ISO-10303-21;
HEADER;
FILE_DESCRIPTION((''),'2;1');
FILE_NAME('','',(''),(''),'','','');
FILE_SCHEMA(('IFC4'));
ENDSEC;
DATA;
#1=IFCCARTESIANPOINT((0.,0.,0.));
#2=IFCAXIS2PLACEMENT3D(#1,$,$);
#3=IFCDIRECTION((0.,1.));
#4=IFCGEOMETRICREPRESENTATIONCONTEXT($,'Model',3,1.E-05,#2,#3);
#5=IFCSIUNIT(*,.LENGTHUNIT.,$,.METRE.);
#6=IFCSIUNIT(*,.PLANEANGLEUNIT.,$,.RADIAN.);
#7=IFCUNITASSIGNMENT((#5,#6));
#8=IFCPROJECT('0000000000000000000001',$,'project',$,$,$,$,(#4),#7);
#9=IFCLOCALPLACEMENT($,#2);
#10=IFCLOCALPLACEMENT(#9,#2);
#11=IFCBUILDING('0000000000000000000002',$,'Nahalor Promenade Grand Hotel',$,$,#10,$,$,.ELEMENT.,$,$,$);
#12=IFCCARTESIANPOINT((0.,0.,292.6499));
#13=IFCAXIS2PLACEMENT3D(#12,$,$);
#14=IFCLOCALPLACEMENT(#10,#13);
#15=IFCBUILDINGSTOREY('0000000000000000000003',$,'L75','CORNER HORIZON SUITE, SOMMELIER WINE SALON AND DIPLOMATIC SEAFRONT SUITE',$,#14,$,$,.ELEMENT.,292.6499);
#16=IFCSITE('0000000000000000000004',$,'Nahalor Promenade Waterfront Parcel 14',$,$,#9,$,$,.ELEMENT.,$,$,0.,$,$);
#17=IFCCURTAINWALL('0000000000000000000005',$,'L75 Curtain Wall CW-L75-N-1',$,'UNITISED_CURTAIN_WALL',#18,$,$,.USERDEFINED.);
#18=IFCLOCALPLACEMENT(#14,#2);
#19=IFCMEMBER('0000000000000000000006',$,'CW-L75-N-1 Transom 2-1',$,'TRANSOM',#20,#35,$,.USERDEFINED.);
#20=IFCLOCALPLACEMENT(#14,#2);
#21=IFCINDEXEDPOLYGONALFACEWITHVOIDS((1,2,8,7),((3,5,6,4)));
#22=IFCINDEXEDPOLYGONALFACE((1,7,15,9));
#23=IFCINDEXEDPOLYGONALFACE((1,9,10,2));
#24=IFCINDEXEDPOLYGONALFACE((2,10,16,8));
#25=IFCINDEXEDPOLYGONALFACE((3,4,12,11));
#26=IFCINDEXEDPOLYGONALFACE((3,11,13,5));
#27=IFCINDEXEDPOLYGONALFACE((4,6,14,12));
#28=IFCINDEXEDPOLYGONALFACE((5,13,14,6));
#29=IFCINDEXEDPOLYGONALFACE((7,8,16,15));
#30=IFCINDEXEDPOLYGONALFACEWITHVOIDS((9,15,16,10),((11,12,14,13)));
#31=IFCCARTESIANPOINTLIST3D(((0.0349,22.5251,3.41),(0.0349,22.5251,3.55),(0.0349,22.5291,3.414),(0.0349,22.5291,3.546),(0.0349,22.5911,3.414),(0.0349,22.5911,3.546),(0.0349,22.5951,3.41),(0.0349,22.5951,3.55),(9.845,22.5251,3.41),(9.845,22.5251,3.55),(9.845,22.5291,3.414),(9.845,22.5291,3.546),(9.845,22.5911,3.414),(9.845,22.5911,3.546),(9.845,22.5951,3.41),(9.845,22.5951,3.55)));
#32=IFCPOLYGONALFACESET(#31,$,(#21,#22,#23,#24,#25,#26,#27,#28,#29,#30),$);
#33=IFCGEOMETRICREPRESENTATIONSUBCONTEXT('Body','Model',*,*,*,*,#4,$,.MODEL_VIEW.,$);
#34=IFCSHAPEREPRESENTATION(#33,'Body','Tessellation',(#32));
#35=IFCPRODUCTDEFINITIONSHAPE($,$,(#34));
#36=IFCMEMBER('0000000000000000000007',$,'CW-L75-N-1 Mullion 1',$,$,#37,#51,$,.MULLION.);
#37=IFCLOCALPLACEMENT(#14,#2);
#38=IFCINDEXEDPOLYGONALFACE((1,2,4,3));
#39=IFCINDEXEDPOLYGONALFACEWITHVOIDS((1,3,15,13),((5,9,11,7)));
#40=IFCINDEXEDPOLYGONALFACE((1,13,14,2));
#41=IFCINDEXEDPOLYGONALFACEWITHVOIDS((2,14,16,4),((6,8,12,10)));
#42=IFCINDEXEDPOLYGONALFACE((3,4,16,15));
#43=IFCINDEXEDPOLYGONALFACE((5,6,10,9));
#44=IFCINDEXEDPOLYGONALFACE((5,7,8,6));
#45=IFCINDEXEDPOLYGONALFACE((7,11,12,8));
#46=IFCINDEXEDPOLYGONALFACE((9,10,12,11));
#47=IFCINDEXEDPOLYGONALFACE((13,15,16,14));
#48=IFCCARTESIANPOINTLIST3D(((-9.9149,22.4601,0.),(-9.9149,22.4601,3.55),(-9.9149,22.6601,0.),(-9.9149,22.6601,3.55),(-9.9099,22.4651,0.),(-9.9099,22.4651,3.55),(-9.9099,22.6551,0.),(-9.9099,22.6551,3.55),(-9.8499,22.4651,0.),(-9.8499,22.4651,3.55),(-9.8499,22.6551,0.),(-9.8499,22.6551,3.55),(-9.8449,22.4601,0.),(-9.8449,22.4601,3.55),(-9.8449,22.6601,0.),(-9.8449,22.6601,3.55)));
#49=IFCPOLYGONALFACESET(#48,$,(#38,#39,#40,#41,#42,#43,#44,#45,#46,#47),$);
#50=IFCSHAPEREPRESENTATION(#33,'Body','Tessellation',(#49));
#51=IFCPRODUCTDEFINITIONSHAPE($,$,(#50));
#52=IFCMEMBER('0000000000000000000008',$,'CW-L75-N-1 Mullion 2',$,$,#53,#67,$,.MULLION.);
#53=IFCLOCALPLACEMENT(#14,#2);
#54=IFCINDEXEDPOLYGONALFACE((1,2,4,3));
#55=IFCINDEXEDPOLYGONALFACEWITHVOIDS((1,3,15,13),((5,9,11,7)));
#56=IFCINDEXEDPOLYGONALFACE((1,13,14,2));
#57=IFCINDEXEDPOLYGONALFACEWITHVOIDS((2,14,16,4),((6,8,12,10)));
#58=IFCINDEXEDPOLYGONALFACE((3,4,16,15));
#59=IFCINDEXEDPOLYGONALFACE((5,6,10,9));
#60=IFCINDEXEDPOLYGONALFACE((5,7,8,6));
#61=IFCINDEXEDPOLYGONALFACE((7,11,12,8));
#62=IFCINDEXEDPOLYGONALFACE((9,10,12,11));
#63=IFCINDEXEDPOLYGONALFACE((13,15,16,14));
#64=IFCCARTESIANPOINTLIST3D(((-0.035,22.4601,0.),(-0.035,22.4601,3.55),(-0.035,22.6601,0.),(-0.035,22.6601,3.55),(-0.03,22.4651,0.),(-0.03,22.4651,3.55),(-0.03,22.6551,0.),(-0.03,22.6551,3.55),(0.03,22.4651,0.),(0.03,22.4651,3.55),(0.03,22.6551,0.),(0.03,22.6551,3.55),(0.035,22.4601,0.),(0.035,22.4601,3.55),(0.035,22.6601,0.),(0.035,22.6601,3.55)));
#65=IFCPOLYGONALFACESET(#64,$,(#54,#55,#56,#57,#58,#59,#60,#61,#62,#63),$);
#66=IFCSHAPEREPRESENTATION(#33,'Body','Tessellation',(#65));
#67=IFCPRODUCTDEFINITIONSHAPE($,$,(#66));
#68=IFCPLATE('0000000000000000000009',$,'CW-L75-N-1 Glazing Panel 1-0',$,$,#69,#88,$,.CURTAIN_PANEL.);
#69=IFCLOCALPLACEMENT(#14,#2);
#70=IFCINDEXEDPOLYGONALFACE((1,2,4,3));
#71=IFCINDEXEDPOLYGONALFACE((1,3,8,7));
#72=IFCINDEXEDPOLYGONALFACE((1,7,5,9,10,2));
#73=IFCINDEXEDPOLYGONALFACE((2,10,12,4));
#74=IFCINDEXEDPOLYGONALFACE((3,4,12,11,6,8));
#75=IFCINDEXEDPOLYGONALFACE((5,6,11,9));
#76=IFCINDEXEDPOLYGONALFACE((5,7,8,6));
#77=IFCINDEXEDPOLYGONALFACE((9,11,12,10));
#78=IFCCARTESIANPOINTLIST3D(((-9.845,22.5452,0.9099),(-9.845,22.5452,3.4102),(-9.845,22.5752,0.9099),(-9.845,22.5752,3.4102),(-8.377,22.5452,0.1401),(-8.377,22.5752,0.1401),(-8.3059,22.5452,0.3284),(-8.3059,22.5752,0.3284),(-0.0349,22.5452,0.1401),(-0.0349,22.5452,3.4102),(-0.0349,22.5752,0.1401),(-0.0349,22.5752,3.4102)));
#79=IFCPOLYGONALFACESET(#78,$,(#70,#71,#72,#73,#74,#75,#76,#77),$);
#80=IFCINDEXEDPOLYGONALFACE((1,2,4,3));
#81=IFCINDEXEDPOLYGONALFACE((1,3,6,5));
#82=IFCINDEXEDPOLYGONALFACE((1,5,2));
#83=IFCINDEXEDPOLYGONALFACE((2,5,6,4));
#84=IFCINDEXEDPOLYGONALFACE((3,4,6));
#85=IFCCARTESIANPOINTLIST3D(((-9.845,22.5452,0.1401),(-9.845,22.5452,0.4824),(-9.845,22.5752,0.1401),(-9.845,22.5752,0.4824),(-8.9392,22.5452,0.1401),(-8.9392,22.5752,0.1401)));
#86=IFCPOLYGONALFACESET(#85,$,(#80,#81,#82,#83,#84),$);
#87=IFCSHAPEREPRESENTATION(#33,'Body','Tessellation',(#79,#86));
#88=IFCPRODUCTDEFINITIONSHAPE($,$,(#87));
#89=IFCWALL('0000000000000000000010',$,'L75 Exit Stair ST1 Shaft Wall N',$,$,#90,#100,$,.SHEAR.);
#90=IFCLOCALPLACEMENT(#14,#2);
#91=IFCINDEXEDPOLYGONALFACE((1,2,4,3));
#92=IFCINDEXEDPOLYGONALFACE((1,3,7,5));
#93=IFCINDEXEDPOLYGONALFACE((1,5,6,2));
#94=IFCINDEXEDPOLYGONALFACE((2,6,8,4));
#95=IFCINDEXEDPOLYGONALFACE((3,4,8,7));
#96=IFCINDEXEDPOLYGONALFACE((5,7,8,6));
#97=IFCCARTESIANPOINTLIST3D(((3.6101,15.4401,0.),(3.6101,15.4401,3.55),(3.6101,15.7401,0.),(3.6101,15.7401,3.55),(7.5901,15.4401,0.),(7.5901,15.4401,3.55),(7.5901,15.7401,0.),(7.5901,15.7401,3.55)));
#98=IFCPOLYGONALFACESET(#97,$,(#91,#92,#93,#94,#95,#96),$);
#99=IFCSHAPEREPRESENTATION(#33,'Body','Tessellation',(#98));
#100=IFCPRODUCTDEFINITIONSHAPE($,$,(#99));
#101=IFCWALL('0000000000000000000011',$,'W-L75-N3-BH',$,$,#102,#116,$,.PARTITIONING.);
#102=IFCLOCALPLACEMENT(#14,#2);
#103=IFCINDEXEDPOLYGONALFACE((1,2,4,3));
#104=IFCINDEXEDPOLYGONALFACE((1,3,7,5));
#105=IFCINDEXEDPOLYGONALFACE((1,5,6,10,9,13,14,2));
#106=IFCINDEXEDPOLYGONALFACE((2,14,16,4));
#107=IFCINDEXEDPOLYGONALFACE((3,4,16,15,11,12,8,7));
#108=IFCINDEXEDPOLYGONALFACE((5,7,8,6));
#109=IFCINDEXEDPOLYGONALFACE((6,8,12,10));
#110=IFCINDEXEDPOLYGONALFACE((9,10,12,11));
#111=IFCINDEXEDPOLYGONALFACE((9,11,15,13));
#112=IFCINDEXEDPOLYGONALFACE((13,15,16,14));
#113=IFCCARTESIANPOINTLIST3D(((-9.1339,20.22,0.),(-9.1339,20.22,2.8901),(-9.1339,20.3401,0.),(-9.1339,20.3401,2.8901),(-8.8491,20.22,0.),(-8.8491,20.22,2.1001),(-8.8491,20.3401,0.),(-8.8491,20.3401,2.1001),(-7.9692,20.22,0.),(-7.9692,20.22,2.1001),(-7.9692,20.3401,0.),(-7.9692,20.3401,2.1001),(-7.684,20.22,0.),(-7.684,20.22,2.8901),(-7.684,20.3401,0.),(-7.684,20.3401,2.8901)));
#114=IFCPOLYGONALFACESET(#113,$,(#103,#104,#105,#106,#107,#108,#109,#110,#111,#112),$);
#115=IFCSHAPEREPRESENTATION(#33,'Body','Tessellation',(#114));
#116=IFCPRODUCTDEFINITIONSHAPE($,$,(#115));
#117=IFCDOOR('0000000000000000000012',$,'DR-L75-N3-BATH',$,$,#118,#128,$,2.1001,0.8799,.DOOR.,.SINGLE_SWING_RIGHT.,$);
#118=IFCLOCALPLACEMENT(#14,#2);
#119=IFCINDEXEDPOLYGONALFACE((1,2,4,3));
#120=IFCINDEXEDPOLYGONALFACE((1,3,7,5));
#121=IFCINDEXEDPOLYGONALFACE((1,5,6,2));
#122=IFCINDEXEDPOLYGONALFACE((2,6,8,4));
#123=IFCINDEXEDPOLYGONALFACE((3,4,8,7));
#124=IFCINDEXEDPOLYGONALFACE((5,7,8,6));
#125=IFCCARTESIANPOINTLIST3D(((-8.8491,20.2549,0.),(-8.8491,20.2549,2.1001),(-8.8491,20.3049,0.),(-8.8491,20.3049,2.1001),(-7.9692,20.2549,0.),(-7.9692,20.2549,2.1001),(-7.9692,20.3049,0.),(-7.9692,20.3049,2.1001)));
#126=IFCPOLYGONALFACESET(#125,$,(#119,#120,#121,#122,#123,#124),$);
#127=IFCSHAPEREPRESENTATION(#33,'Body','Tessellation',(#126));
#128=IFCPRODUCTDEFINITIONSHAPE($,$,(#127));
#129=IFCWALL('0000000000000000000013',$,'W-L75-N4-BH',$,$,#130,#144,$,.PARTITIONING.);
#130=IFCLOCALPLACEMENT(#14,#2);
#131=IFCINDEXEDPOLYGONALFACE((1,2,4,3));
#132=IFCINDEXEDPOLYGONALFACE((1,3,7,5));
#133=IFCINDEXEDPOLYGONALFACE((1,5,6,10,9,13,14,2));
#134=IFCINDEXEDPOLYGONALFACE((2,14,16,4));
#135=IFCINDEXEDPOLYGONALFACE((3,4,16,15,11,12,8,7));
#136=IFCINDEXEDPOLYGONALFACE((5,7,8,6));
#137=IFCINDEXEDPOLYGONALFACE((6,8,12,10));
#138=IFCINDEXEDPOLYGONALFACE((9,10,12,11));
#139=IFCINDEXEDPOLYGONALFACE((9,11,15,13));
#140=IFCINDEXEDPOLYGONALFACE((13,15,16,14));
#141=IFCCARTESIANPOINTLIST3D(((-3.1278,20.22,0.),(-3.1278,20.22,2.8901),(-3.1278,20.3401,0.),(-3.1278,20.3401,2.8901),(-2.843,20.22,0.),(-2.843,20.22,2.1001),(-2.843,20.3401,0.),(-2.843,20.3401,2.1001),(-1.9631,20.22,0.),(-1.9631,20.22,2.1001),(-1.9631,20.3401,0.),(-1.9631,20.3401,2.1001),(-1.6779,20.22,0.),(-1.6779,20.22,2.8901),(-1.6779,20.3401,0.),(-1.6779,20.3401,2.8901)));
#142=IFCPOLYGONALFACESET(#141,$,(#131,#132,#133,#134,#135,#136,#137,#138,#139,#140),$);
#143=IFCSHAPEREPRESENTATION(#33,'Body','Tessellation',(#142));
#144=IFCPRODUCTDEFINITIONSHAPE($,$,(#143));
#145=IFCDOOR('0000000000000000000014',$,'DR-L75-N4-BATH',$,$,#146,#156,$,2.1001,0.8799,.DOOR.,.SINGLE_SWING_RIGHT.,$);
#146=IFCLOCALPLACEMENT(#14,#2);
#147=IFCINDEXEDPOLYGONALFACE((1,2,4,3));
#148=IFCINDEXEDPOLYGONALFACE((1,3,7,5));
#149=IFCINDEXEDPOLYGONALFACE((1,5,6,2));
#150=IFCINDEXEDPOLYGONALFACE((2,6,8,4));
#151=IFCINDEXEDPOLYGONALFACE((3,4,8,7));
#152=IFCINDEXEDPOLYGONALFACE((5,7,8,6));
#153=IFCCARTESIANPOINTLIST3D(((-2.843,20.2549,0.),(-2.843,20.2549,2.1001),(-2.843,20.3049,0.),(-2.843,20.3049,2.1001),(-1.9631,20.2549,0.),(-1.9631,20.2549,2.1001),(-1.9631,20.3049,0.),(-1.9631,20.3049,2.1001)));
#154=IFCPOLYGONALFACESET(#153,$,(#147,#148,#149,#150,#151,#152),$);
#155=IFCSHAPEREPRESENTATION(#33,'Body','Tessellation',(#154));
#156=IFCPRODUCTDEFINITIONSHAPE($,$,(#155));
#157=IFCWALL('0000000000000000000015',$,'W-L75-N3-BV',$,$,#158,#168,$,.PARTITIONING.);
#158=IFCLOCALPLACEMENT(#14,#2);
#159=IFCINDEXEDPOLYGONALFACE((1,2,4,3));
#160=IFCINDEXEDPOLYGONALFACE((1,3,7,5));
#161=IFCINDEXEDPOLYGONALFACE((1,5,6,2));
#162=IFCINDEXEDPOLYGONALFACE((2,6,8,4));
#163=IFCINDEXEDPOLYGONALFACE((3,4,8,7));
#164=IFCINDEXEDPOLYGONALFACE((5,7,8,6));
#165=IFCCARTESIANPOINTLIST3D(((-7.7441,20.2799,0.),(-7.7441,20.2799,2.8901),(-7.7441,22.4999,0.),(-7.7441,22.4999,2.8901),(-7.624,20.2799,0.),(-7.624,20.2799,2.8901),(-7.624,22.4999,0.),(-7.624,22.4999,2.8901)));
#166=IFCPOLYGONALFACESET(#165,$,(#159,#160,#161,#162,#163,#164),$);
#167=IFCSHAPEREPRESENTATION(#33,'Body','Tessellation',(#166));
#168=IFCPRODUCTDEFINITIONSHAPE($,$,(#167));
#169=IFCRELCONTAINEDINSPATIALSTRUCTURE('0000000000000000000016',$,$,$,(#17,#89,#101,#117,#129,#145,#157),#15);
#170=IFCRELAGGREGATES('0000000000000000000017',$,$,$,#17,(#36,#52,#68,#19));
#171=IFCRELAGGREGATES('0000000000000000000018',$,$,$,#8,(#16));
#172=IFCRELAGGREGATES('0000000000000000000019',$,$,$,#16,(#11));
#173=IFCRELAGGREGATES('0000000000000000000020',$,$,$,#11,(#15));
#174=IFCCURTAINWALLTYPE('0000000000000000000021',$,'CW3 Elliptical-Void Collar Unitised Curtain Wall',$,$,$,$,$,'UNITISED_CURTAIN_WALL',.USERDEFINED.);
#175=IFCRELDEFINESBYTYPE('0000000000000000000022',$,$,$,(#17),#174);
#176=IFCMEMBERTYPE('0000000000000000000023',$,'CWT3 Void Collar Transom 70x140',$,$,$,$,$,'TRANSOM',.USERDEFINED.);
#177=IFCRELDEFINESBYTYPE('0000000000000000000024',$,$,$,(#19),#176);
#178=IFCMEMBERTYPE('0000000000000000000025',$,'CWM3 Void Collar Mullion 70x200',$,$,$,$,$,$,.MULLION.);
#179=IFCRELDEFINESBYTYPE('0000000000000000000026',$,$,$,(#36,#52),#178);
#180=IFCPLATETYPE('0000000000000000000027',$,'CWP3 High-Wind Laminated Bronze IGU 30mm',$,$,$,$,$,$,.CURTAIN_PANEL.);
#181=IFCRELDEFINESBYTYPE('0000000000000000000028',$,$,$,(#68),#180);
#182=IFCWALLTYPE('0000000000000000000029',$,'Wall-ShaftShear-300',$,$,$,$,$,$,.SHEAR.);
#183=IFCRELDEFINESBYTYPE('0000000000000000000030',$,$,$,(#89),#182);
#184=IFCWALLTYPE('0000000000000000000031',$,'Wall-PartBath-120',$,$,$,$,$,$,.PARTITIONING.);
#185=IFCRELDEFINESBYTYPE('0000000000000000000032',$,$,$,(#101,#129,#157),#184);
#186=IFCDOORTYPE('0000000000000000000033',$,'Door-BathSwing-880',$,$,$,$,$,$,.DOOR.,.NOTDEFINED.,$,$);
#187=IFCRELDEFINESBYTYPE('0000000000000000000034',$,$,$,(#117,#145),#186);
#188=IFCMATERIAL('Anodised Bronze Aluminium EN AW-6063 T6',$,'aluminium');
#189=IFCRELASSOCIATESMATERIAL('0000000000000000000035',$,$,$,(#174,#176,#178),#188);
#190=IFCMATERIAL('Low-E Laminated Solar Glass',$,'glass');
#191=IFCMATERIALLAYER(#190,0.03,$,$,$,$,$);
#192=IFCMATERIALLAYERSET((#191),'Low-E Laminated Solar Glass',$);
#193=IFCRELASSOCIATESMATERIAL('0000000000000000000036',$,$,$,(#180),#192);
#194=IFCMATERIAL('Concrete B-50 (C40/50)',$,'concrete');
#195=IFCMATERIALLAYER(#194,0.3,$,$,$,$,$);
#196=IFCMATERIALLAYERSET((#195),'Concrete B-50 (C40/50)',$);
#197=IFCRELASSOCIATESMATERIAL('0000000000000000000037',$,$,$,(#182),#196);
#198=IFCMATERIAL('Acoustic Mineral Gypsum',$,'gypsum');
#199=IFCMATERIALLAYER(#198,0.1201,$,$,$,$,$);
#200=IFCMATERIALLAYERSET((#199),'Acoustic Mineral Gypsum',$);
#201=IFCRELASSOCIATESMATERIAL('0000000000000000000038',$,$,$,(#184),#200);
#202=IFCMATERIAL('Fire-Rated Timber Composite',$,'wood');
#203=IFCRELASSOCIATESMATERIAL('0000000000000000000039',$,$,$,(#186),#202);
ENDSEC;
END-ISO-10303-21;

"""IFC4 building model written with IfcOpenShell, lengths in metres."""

from ifc_helpers import new_model, si_unit, direction, frame, frame_2d, origin, origin_2d, place, context, subcontext, project, spatial, polyline, rectangle, hollow_rectangle, outline, extrude, source, transform, mapped, material, layer, layer_set, material_profile, profile_set, type_object, element, fill, aggregate, save


model = new_model("IFC4")

# Units and contexts
model_context = context("Model", 3, precision=1e-05, world=origin(), true_north=direction((0.0, 1.0)))
body_context = subcontext(model_context, "Body", "Model", "MODEL_VIEW")
ifc_project = project(units=[si_unit("LENGTHUNIT", "METRE"), si_unit("PLANEANGLEUNIT", "RADIAN")], contexts=[model_context])

# Site, building, storey
site_placement = place(None, origin())
site = spatial("IfcSite", under=ifc_project, at=site_placement, Name="Nahalor Promenade Waterfront Parcel 14", CompositionType="ELEMENT", RefElevation=0.0)
building_placement = place(site_placement, origin())
building = spatial("IfcBuilding", under=site, at=building_placement, Name="Nahalor Promenade Grand Hotel", CompositionType="ELEMENT")
storey_placement = place(building_placement, frame((0.0, 0.0, 292.6499)))
storey = spatial("IfcBuildingStorey", under=building, at=storey_placement, Name="L75", Description="CORNER HORIZON SUITE, SOMMELIER WINE SALON AND DIPLOMATIC SEAFRONT SUITE", CompositionType="ELEMENT", Elevation=292.6499)

# Shared definitions
ifc_material_1 = material(Name="Concrete B-50 (C40/50)", Category="concrete")

# Curtain wall, members, plate
ifc_material_2 = material(Name="Anodised Bronze Aluminium EN AW-6063 T6", Category="aluminium")
curtain_wall_type = type_object("IfcCurtainWallType", Name="CW3 Elliptical-Void Collar Unitised Curtain Wall", ElementType="UNITISED_CURTAIN_WALL", PredefinedType="USERDEFINED", material=ifc_material_2)
curtain_wall_placement = place(storey_placement, origin())
curtain_wall = element("IfcCurtainWall", 1, at=curtain_wall_placement, inside=storey, type_object=curtain_wall_type, Name="L75 Curtain Wall CW-L75-N-1", ObjectType="UNITISED_CURTAIN_WALL", PredefinedType="USERDEFINED")
ifc_material_profile_1 = material_profile(ifc_material_2, hollow_rectangle(XDim=0.07, YDim=0.14, WallThickness=0.004, at=origin_2d()), Name="CWT 70x140x4")
ifc_profile_set_1 = profile_set([ifc_material_profile_1], Name="Anodised Bronze Aluminium EN AW-6063 T6")
member_type_1 = type_object("IfcMemberType", Name="CWT3 Void Collar Transom 70x140", ElementType="TRANSOM", PredefinedType="USERDEFINED", material=ifc_profile_set_1)
shared_shape_1 = source(origin(), body_context, "Body", "SweptSolid", [
    extrude(hollow_rectangle(XDim=0.07, YDim=0.14, WallThickness=0.004, at=origin_2d()), origin(), (0.0, 0.0, 1.0), 9.8101),
])
member_1_placement = place(storey_placement, frame((0.0349, 22.5601, 3.48), z_axis=(1.0, 0.0, 0.0), x_axis=(0.0, 1.0, 0.0)))
member_1 = element("IfcMember", 2, at=member_1_placement, type_object=member_type_1, Name="CW-L75-N-1 Transom 2-1", ObjectType="TRANSOM", PredefinedType="USERDEFINED", context=body_context, shape_type="MappedRepresentation", body=[
    mapped(shared_shape_1, transform((0.0, 0.0, 0.0), scale=1.0)),
])
ifc_material_profile_2 = material_profile(ifc_material_2, hollow_rectangle(XDim=0.07, YDim=0.2, WallThickness=0.005, at=origin_2d()), Name="CWM 70x200x5")
ifc_profile_set_2 = profile_set([ifc_material_profile_2], Name="Anodised Bronze Aluminium EN AW-6063 T6")
member_type_2 = type_object("IfcMemberType", Name="CWM3 Void Collar Mullion 70x200", PredefinedType="MULLION", material=ifc_profile_set_2)
shared_shape_2 = source(origin(), body_context, "Body", "SweptSolid", [
    extrude(hollow_rectangle(XDim=0.07, YDim=0.2, WallThickness=0.005, at=origin_2d()), origin(), (0.0, 0.0, 1.0), 3.55),
])
member_2_placement = place(storey_placement, frame((-9.8799, 22.5601, 0.0), z_axis=(0.0, 0.0, 1.0), x_axis=(1.0, 0.0, 0.0)))
member_2 = element("IfcMember", 3, at=member_2_placement, type_object=member_type_2, Name="CW-L75-N-1 Mullion 1", PredefinedType="MULLION", context=body_context, shape_type="MappedRepresentation", body=[
    mapped(shared_shape_2, transform((0.0, 0.0, 0.0), scale=1.0)),
])
member_3_placement = place(storey_placement, frame((0.0, 22.5601, 0.0), z_axis=(0.0, 0.0, 1.0), x_axis=(1.0, 0.0, 0.0)))
member_3 = element("IfcMember", 4, at=member_3_placement, type_object=member_type_2, Name="CW-L75-N-1 Mullion 2", PredefinedType="MULLION", context=body_context, shape_type="MappedRepresentation", body=[
    mapped(shared_shape_2, transform((0.0, 0.0, 0.0), scale=1.0)),
])
ifc_material_3 = material(Name="Low-E Laminated Solar Glass", Category="glass")
ifc_layer_1 = layer(ifc_material_3, 0.03)
ifc_layer_set_1 = layer_set([ifc_layer_1], Name="Low-E Laminated Solar Glass")
plate_type = type_object("IfcPlateType", Name="CWP3 High-Wind Laminated Bronze IGU 30mm", PredefinedType="CURTAIN_PANEL", material=ifc_layer_set_1)
plate_placement = place(storey_placement, frame((-4.9399, 22.5601, 0.1401), z_axis=(0.0, 0.0, 1.0), x_axis=(1.0, 0.0, 0.0)))
plate = element("IfcPlate", 5, at=plate_placement, type_object=plate_type, Name="CW-L75-N-1 Glazing Panel 1-0", PredefinedType="CURTAIN_PANEL", context=body_context, shape_type="SweptSolid", body=[
    extrude(outline(polyline([(4.905, 3.27), (-4.905, 3.27), (-4.905, 0.7698), (-3.366, 0.1882), (-3.437, 0.0), (4.905, 0.0), (4.905, 3.27)])), frame((0.0, 0.0151, 0.0), z_axis=(0.0, -1.0, 0.0), x_axis=(1.0, 0.0, 0.0)), (0.0, 0.0, 1.0), 0.03),
    extrude(outline(polyline([(-4.905, 0.3423), (-4.905, 0.0), (-3.9993, 0.0), (-4.905, 0.3423)])), frame((0.0, 0.0151, 0.0), z_axis=(0.0, -1.0, 0.0), x_axis=(1.0, 0.0, 0.0)), (0.0, 0.0, 1.0), 0.03),
])
aggregate(curtain_wall, [member_2, member_3, plate, member_1])

# Wall
ifc_layer_2 = layer(ifc_material_1, 0.3)
ifc_layer_set_2 = layer_set([ifc_layer_2], Name="Concrete B-50 (C40/50)")
wall_type_1 = type_object("IfcWallType", Name="Wall-ShaftShear-300", PredefinedType="SHEAR", material=ifc_layer_set_2)
shared_shape_3 = source(origin(), body_context, "Body", "SweptSolid", [
    extrude(rectangle(XDim=3.98, YDim=0.3, at=frame_2d((1.99, 0.0))), origin(), (0.0, 0.0, 1.0), 3.55),
])
wall_1_placement = place(storey_placement, frame((3.6101, 15.5901, 0.0), z_axis=(0.0, 0.0, 1.0), x_axis=(1.0, 0.0, 0.0)))
element("IfcWall", 6, at=wall_1_placement, inside=storey, type_object=wall_type_1, Name="L75 Exit Stair ST1 Shaft Wall N", PredefinedType="SHEAR", context=body_context, shape_type="MappedRepresentation", body=[
    mapped(shared_shape_3, transform((0.0, 0.0, 0.0), scale=1.0)),
])

# Walls, openings, doors
ifc_material_4 = material(Name="Acoustic Mineral Gypsum", Category="gypsum")
ifc_layer_3 = layer(ifc_material_4, 0.1201)
ifc_layer_set_3 = layer_set([ifc_layer_3], Name="Acoustic Mineral Gypsum")
wall_type_2 = type_object("IfcWallType", Name="Wall-PartBath-120", PredefinedType="PARTITIONING", material=ifc_layer_set_3)
shared_shape_4 = source(origin(), body_context, "Body", "SweptSolid", [
    extrude(rectangle(XDim=1.45, YDim=0.1201, at=frame_2d((0.7251, 0.0))), origin(), (0.0, 0.0, 1.0), 2.8901),
])
wall_2_placement = place(storey_placement, frame((-9.134, 20.28, 0.0), z_axis=(0.0, 0.0, 1.0), x_axis=(1.0, 0.0, 0.0)))
wall_2 = element("IfcWall", 7, at=wall_2_placement, inside=storey, type_object=wall_type_2, Name="W-L75-N3-BH", PredefinedType="PARTITIONING", context=body_context, shape_type="MappedRepresentation", body=[
    mapped(shared_shape_4, transform((0.0, 0.0, 0.0), scale=1.0)),
])
opening_1_placement = place(wall_2_placement, frame((0.2849, 0.0, 0.0)))
opening_1 = element("IfcOpeningElement", 8, at=opening_1_placement, cuts=wall_2, PredefinedType="OPENING", context=body_context, shape_type="SweptSolid", body=[
    extrude(rectangle(XDim=0.8799, YDim=2.1001, at=frame_2d((0.4399, 1.05))), frame((0.0, 0.0701, 0.0), z_axis=(0.0, -1.0, 0.0), x_axis=(1.0, 0.0, 0.0)), (0.0, 0.0, 1.0), 0.1401),
])
ifc_material_5 = material(Name="Fire-Rated Timber Composite", Category="wood")
door_type = type_object("IfcDoorType", Name="Door-BathSwing-880", OperationType="NOTDEFINED", PredefinedType="DOOR", material=ifc_material_5)
shared_shape_5 = source(origin(), body_context, "Body", "SweptSolid", [
    extrude(rectangle(XDim=0.8799, YDim=2.1001, at=frame_2d((0.4399, 1.05))), frame((0.0, 0.0249, 0.0), z_axis=(0.0, -1.0, 0.0), x_axis=(1.0, 0.0, 0.0)), (0.0, 0.0, 1.0), 0.05),
])
door_1_placement = place(opening_1_placement, origin())
door_1 = element("IfcDoor", 9, at=door_1_placement, inside=storey, type_object=door_type, Name="DR-L75-N3-BATH", OperationType="SINGLE_SWING_RIGHT", OverallHeight=2.1001, OverallWidth=0.8799, PredefinedType="DOOR", context=body_context, shape_type="MappedRepresentation", body=[
    mapped(shared_shape_5, transform((0.0, 0.0, 0.0), scale=1.0)),
])
fill(opening_1, door_1)
wall_3_placement = place(storey_placement, frame((-3.1279, 20.28, 0.0), z_axis=(0.0, 0.0, 1.0), x_axis=(1.0, 0.0, 0.0)))
wall_3 = element("IfcWall", 10, at=wall_3_placement, inside=storey, type_object=wall_type_2, Name="W-L75-N4-BH", PredefinedType="PARTITIONING", context=body_context, shape_type="MappedRepresentation", body=[
    mapped(shared_shape_4, transform((0.0, 0.0, 0.0), scale=1.0)),
])
opening_2_placement = place(wall_3_placement, frame((0.2849, 0.0, 0.0)))
opening_2 = element("IfcOpeningElement", 11, at=opening_2_placement, cuts=wall_3, PredefinedType="OPENING", context=body_context, shape_type="SweptSolid", body=[
    extrude(rectangle(XDim=0.8799, YDim=2.1001, at=frame_2d((0.4399, 1.05))), frame((0.0, 0.0701, 0.0), z_axis=(0.0, -1.0, 0.0), x_axis=(1.0, 0.0, 0.0)), (0.0, 0.0, 1.0), 0.1401),
])
door_2_placement = place(opening_2_placement, origin())
door_2 = element("IfcDoor", 12, at=door_2_placement, inside=storey, type_object=door_type, Name="DR-L75-N4-BATH", OperationType="SINGLE_SWING_RIGHT", OverallHeight=2.1001, OverallWidth=0.8799, PredefinedType="DOOR", context=body_context, shape_type="MappedRepresentation", body=[
    mapped(shared_shape_5, transform((0.0, 0.0, 0.0), scale=1.0)),
])
fill(opening_2, door_2)

# Wall
shared_shape_6 = source(origin(), body_context, "Body", "SweptSolid", [
    extrude(rectangle(XDim=2.22, YDim=0.1201, at=frame_2d((1.1099, 0.0))), origin(), (0.0, 0.0, 1.0), 2.8901),
])
for number, where, z_axis, x_axis, name in (
    (13, (-7.6841, 20.28, 0.0), (0.0, 0.0, 1.0), (0.0, 1.0, 0.0), "W-L75-N3-BV"),
):
    element("IfcWall", number, at=place(storey_placement, frame(where, z_axis=z_axis, x_axis=x_axis)), inside=storey, type_object=wall_type_2, Name=name, PredefinedType="PARTITIONING", context=body_context, shape_type="MappedRepresentation", body=[
        mapped(shared_shape_6, transform((0.0, 0.0, 0.0), scale=1.0)),
    ])

save(model, "model.ifc")
